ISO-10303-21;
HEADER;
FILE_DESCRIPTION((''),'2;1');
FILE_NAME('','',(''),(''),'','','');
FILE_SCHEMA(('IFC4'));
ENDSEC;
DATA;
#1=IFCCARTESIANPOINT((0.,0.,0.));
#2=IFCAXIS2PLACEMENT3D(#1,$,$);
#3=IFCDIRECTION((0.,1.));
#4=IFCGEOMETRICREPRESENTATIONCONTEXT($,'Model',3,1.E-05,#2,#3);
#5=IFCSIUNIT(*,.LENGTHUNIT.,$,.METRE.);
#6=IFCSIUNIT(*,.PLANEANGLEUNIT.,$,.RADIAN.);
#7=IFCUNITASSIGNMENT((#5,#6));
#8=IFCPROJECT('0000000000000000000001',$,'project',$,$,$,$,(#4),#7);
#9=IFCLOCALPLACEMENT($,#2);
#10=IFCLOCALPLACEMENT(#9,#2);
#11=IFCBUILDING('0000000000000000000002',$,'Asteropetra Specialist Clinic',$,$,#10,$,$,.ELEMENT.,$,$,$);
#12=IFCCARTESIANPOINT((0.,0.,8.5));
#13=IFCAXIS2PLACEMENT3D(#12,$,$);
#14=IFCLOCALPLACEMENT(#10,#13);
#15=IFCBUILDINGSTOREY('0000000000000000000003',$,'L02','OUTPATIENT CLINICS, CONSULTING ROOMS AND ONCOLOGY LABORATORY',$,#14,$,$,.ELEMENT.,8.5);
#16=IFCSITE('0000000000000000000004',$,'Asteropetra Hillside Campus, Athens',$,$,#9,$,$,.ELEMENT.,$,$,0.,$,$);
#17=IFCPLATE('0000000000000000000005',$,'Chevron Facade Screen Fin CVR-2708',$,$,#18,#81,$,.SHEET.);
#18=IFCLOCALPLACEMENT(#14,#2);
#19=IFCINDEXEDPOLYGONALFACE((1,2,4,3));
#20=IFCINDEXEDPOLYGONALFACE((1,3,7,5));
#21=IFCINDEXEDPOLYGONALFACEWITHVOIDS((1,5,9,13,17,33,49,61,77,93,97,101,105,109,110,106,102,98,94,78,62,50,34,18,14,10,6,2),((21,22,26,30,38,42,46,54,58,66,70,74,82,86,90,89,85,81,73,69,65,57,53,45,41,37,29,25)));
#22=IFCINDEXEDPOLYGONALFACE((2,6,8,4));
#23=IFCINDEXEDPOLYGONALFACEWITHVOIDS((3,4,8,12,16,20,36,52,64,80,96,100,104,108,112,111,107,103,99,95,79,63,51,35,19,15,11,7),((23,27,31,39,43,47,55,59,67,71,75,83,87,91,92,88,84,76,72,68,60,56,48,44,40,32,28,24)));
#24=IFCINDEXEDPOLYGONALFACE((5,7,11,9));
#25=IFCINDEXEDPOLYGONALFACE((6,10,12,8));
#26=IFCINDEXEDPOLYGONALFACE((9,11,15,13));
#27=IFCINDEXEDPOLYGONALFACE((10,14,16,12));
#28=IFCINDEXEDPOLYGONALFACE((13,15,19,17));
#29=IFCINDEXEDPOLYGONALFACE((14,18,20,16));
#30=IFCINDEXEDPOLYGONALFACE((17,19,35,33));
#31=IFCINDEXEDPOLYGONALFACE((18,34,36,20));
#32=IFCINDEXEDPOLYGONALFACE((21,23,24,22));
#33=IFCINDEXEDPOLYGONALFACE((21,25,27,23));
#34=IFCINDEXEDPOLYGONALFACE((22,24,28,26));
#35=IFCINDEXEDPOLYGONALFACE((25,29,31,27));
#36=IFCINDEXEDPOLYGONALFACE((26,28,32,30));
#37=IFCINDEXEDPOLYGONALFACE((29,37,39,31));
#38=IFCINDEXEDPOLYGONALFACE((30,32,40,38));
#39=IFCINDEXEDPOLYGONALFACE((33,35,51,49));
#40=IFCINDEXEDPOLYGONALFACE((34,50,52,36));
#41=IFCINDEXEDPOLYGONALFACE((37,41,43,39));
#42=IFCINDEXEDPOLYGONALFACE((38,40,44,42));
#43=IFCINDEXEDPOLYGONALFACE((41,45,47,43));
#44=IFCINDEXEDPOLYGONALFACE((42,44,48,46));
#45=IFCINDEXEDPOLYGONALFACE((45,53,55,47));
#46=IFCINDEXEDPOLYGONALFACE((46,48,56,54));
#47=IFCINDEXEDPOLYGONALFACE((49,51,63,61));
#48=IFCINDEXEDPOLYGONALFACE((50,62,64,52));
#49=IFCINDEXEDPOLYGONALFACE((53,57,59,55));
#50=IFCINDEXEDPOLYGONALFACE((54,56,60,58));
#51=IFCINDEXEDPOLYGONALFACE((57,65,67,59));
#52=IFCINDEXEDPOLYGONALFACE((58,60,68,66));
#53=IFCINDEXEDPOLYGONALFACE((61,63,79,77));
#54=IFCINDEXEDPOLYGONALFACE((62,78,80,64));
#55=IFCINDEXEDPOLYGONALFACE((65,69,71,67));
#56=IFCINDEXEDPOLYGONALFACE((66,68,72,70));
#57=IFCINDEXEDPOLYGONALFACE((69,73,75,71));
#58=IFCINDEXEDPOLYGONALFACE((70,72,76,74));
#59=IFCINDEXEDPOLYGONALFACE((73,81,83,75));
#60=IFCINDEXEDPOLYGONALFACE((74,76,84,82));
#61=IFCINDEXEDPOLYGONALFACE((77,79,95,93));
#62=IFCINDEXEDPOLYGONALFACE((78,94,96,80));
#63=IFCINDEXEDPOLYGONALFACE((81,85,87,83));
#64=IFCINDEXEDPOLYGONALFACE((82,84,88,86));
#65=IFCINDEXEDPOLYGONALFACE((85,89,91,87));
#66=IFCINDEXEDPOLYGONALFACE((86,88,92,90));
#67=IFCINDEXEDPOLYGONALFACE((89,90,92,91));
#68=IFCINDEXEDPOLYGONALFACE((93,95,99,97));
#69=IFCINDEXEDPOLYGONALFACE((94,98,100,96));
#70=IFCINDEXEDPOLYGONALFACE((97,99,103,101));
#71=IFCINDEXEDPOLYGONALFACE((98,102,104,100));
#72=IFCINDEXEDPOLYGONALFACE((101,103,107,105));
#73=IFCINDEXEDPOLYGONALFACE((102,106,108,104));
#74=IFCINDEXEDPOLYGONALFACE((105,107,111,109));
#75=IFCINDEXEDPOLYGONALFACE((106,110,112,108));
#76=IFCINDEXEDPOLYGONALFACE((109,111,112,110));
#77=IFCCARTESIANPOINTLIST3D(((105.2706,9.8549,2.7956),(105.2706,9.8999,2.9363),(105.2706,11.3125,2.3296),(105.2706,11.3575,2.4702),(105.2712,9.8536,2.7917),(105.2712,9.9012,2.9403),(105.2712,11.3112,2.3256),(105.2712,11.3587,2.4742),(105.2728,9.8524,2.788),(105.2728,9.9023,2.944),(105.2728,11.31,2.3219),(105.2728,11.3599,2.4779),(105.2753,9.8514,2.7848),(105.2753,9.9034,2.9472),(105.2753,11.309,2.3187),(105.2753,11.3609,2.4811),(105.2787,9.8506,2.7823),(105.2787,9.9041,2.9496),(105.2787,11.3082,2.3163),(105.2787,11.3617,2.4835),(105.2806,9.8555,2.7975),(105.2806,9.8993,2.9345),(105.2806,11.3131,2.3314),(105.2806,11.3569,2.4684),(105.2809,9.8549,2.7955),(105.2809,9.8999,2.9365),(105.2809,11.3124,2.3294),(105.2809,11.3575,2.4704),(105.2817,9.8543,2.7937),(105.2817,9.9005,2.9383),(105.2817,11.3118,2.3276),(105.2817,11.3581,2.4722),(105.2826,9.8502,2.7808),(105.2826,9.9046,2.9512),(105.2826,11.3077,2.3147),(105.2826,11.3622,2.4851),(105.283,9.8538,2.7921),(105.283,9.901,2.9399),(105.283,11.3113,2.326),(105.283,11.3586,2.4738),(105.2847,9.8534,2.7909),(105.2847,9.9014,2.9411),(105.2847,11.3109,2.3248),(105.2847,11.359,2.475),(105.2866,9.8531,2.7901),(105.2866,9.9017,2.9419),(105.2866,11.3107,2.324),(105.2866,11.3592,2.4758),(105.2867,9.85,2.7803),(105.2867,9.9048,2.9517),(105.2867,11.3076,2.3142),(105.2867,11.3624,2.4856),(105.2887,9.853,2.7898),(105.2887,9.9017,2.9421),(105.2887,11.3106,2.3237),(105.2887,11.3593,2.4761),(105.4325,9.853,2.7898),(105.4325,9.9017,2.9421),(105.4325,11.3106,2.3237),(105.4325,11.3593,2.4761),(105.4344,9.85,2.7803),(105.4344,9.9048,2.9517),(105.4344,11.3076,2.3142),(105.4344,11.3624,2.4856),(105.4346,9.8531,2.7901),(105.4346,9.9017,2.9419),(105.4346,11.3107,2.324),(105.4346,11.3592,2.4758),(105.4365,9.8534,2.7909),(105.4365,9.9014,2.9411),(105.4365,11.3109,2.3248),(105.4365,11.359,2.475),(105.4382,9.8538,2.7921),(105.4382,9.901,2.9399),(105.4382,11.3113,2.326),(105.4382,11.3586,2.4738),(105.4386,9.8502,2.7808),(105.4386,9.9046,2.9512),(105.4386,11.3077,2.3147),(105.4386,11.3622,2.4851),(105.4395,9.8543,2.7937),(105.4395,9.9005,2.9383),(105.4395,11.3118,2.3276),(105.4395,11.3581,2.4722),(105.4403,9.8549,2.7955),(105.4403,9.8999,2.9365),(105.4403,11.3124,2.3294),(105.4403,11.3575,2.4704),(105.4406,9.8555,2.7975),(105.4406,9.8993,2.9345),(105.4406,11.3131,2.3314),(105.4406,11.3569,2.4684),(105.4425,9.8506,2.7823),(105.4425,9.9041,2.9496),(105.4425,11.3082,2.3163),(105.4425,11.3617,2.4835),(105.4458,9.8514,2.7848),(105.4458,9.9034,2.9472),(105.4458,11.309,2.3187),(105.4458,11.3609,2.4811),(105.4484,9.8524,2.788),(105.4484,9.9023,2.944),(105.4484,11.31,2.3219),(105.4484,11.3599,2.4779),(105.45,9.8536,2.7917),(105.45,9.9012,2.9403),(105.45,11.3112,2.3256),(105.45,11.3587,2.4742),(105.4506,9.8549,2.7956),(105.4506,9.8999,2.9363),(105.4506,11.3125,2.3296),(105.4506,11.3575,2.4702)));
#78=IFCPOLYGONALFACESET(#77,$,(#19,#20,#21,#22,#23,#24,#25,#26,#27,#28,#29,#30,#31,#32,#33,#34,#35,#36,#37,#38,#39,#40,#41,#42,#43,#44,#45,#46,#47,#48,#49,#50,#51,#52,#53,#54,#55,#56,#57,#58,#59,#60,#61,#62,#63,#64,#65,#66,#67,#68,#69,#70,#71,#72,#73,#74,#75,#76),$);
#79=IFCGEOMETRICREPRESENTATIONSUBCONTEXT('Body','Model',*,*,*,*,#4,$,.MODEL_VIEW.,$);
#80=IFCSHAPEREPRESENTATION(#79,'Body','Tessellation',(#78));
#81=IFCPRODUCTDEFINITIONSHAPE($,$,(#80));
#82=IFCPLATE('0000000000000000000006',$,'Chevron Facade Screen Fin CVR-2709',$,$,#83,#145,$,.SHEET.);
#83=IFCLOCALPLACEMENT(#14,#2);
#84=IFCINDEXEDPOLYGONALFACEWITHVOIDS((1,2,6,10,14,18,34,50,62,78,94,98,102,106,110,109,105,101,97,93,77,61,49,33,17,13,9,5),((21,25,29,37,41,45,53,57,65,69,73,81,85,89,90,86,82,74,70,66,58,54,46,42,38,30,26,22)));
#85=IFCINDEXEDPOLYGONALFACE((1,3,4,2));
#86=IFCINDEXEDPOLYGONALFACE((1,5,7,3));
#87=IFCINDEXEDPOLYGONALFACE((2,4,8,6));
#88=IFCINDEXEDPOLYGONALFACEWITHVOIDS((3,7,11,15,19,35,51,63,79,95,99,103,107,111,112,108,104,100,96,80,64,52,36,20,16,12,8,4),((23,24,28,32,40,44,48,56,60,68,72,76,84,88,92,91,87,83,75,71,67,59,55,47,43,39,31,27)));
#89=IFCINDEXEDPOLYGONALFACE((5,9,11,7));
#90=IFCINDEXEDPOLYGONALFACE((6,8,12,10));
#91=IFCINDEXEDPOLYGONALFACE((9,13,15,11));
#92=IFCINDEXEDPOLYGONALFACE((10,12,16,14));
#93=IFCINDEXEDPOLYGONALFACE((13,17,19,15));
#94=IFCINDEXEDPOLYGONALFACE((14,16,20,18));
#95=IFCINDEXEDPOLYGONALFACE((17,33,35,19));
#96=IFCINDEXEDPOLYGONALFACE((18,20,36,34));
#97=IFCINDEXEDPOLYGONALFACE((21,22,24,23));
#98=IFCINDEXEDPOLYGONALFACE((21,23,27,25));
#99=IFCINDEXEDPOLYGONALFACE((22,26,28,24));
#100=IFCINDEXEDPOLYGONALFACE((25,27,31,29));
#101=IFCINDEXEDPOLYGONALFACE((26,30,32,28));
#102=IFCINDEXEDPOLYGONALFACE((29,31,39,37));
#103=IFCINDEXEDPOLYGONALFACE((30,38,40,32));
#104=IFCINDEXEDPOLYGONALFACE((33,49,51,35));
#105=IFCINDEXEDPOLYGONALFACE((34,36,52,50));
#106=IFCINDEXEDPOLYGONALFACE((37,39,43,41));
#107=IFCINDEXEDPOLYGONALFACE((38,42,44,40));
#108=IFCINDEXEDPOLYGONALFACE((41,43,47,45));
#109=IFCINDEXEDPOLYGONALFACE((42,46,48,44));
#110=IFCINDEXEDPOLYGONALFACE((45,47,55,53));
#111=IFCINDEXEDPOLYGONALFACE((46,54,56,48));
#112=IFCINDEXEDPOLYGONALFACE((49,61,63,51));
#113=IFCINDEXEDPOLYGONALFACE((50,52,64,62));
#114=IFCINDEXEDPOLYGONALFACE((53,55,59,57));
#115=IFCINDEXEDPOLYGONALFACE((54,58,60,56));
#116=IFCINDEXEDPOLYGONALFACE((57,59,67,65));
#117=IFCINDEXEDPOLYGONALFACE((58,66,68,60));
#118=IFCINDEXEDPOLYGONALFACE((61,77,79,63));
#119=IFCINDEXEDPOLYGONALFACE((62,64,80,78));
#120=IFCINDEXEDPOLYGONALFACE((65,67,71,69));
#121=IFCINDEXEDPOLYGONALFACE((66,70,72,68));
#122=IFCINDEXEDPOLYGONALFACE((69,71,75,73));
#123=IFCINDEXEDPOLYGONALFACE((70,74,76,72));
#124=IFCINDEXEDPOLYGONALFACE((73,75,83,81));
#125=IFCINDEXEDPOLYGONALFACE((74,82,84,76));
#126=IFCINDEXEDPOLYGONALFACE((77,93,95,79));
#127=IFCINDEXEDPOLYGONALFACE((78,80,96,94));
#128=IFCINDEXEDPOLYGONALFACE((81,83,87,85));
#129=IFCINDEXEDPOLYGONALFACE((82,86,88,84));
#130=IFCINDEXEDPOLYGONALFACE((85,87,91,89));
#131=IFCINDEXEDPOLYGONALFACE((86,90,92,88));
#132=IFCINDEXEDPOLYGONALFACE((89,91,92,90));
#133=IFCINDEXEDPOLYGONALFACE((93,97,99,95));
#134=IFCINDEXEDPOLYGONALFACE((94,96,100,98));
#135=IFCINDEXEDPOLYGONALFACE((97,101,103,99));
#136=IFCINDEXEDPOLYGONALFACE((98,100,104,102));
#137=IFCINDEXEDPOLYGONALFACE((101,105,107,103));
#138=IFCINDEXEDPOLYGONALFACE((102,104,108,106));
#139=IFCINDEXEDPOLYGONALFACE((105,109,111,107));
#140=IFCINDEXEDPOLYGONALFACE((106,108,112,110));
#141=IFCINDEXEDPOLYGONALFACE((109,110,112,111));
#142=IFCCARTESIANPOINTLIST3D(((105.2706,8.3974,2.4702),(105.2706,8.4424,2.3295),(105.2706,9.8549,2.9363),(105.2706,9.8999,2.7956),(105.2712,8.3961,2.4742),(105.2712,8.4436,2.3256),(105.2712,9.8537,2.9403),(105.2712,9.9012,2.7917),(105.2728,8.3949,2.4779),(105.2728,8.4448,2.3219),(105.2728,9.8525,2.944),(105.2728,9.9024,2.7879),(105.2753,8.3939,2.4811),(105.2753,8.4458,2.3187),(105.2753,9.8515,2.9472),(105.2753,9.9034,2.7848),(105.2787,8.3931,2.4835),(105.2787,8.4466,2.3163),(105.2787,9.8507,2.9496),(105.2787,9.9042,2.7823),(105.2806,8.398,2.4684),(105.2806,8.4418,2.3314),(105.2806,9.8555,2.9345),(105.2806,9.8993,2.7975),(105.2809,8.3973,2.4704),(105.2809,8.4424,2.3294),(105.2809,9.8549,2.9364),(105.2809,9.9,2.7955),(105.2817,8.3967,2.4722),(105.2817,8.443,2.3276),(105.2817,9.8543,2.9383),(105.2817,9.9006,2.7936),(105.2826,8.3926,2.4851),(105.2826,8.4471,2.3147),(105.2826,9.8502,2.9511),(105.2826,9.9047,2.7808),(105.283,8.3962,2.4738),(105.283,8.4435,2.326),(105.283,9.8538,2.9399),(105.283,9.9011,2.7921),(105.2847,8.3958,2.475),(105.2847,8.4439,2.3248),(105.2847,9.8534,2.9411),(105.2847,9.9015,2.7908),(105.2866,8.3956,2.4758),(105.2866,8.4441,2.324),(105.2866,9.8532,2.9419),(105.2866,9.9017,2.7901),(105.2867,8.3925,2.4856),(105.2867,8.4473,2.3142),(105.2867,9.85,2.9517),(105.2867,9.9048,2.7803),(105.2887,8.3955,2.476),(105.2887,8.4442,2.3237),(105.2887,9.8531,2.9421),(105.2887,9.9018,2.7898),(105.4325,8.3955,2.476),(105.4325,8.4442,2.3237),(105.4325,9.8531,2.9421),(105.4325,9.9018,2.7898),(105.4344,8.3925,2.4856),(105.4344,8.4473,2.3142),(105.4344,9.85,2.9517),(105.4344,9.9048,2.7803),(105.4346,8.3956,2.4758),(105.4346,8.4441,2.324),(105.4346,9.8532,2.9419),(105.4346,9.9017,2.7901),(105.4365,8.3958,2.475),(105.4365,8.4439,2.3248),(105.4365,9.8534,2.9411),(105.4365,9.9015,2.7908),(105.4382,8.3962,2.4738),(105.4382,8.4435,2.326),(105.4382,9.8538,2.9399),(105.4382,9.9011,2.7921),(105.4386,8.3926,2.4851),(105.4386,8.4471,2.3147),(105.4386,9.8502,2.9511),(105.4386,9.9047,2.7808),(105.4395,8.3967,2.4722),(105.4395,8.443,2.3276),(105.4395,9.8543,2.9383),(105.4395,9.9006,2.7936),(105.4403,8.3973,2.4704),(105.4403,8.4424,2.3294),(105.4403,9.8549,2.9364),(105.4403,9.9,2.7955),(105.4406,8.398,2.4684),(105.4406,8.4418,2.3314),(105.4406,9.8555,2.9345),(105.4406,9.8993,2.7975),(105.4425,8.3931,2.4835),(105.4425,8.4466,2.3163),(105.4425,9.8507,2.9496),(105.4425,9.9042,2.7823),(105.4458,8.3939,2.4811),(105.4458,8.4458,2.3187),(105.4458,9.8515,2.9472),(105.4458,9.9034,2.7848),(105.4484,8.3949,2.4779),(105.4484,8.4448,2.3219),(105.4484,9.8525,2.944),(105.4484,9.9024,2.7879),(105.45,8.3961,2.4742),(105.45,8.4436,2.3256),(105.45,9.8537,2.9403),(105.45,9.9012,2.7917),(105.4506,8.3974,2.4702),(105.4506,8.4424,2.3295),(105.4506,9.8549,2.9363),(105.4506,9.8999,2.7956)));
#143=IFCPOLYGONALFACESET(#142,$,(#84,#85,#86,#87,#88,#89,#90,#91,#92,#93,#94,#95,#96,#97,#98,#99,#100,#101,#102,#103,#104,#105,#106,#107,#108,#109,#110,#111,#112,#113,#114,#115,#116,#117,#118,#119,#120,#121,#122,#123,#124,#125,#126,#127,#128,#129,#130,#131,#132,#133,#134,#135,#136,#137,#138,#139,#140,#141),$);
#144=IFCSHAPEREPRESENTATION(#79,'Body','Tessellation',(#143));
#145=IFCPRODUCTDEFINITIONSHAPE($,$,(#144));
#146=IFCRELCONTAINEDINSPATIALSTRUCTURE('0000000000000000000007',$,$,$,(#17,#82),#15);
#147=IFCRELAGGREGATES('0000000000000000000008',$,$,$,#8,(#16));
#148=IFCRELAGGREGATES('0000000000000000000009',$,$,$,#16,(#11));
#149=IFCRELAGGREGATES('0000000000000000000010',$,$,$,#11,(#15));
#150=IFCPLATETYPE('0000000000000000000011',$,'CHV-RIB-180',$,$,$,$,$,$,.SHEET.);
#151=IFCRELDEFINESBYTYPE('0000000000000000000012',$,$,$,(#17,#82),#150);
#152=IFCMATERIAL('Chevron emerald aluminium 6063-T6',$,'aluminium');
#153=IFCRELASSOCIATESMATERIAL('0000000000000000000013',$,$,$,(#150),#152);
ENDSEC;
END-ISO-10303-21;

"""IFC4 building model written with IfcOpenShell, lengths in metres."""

from ifc_helpers import new_model, si_unit, direction, frame, origin, origin_2d, place, context, subcontext, project, spatial, hollow_rectangle, extrude, material, material_profile, profile_set, type_object, element, save


model = new_model("IFC4")

# Units and contexts
model_context = context("Model", 3, precision=1e-05, world=origin(), true_north=direction((0.0, 1.0)))
body_context = subcontext(model_context, "Body", "Model", "MODEL_VIEW")
ifc_project = project(units=[si_unit("LENGTHUNIT", "METRE"), si_unit("PLANEANGLEUNIT", "RADIAN")], contexts=[model_context])

# Site, building, storey
site_placement = place(None, origin())
site = spatial("IfcSite", under=ifc_project, at=site_placement, Name="Asteropetra Hillside Campus, Athens", CompositionType="ELEMENT", RefElevation=0.0)
building_placement = place(site_placement, origin())
building = spatial("IfcBuilding", under=site, at=building_placement, Name="Asteropetra Specialist Clinic", CompositionType="ELEMENT")
storey_placement = place(building_placement, frame((0.0, 0.0, 8.5)))
storey = spatial("IfcBuildingStorey", under=building, at=storey_placement, Name="L02", Description="OUTPATIENT CLINICS, CONSULTING ROOMS AND ONCOLOGY LABORATORY", CompositionType="ELEMENT", Elevation=8.5)

# Plates
ifc_material_1 = material(Name="Chevron emerald aluminium 6063-T6", Category="aluminium")
ifc_material_profile = material_profile(ifc_material_1, hollow_rectangle(XDim=0.1799, YDim=0.1799, WallThickness=0.01, InnerFilletRadius=0.0081, OuterFilletRadius=0.0161, at=origin_2d()), Name="SHS 180x180x10.0")
ifc_profile_set = profile_set([ifc_material_profile], Name="Chevron emerald aluminium 6063-T6")
plate_type = type_object("IfcPlateType", Name="CHV-RIB-180", PredefinedType="SHEET", material=ifc_profile_set)
for number, where, z_axis, x_axis, name in (
    (1, (105.3606, 11.335, 2.3999), (0.0, -0.952489, 0.304573), (1.0, 0.0, 0.0), "Chevron Facade Screen Fin CVR-2708"),
    (2, (105.3606, 9.8774, 2.866), (0.0, -0.952489, -0.304573), (1.0, 0.0, 0.0), "Chevron Facade Screen Fin CVR-2709"),
):
    element("IfcPlate", number, at=place(storey_placement, frame(where, z_axis=z_axis, x_axis=x_axis)), inside=storey, type_object=plate_type, Name=name, PredefinedType="SHEET", context=body_context, shape_type="SweptSolid", body=[
        extrude(hollow_rectangle(XDim=0.1799, YDim=0.1799, WallThickness=0.01, InnerFilletRadius=0.0081, OuterFilletRadius=0.0161, at=origin_2d()), origin(), (0.0, 0.0, 1.0), 1.5303),
    ])

save(model, "model.ifc")
